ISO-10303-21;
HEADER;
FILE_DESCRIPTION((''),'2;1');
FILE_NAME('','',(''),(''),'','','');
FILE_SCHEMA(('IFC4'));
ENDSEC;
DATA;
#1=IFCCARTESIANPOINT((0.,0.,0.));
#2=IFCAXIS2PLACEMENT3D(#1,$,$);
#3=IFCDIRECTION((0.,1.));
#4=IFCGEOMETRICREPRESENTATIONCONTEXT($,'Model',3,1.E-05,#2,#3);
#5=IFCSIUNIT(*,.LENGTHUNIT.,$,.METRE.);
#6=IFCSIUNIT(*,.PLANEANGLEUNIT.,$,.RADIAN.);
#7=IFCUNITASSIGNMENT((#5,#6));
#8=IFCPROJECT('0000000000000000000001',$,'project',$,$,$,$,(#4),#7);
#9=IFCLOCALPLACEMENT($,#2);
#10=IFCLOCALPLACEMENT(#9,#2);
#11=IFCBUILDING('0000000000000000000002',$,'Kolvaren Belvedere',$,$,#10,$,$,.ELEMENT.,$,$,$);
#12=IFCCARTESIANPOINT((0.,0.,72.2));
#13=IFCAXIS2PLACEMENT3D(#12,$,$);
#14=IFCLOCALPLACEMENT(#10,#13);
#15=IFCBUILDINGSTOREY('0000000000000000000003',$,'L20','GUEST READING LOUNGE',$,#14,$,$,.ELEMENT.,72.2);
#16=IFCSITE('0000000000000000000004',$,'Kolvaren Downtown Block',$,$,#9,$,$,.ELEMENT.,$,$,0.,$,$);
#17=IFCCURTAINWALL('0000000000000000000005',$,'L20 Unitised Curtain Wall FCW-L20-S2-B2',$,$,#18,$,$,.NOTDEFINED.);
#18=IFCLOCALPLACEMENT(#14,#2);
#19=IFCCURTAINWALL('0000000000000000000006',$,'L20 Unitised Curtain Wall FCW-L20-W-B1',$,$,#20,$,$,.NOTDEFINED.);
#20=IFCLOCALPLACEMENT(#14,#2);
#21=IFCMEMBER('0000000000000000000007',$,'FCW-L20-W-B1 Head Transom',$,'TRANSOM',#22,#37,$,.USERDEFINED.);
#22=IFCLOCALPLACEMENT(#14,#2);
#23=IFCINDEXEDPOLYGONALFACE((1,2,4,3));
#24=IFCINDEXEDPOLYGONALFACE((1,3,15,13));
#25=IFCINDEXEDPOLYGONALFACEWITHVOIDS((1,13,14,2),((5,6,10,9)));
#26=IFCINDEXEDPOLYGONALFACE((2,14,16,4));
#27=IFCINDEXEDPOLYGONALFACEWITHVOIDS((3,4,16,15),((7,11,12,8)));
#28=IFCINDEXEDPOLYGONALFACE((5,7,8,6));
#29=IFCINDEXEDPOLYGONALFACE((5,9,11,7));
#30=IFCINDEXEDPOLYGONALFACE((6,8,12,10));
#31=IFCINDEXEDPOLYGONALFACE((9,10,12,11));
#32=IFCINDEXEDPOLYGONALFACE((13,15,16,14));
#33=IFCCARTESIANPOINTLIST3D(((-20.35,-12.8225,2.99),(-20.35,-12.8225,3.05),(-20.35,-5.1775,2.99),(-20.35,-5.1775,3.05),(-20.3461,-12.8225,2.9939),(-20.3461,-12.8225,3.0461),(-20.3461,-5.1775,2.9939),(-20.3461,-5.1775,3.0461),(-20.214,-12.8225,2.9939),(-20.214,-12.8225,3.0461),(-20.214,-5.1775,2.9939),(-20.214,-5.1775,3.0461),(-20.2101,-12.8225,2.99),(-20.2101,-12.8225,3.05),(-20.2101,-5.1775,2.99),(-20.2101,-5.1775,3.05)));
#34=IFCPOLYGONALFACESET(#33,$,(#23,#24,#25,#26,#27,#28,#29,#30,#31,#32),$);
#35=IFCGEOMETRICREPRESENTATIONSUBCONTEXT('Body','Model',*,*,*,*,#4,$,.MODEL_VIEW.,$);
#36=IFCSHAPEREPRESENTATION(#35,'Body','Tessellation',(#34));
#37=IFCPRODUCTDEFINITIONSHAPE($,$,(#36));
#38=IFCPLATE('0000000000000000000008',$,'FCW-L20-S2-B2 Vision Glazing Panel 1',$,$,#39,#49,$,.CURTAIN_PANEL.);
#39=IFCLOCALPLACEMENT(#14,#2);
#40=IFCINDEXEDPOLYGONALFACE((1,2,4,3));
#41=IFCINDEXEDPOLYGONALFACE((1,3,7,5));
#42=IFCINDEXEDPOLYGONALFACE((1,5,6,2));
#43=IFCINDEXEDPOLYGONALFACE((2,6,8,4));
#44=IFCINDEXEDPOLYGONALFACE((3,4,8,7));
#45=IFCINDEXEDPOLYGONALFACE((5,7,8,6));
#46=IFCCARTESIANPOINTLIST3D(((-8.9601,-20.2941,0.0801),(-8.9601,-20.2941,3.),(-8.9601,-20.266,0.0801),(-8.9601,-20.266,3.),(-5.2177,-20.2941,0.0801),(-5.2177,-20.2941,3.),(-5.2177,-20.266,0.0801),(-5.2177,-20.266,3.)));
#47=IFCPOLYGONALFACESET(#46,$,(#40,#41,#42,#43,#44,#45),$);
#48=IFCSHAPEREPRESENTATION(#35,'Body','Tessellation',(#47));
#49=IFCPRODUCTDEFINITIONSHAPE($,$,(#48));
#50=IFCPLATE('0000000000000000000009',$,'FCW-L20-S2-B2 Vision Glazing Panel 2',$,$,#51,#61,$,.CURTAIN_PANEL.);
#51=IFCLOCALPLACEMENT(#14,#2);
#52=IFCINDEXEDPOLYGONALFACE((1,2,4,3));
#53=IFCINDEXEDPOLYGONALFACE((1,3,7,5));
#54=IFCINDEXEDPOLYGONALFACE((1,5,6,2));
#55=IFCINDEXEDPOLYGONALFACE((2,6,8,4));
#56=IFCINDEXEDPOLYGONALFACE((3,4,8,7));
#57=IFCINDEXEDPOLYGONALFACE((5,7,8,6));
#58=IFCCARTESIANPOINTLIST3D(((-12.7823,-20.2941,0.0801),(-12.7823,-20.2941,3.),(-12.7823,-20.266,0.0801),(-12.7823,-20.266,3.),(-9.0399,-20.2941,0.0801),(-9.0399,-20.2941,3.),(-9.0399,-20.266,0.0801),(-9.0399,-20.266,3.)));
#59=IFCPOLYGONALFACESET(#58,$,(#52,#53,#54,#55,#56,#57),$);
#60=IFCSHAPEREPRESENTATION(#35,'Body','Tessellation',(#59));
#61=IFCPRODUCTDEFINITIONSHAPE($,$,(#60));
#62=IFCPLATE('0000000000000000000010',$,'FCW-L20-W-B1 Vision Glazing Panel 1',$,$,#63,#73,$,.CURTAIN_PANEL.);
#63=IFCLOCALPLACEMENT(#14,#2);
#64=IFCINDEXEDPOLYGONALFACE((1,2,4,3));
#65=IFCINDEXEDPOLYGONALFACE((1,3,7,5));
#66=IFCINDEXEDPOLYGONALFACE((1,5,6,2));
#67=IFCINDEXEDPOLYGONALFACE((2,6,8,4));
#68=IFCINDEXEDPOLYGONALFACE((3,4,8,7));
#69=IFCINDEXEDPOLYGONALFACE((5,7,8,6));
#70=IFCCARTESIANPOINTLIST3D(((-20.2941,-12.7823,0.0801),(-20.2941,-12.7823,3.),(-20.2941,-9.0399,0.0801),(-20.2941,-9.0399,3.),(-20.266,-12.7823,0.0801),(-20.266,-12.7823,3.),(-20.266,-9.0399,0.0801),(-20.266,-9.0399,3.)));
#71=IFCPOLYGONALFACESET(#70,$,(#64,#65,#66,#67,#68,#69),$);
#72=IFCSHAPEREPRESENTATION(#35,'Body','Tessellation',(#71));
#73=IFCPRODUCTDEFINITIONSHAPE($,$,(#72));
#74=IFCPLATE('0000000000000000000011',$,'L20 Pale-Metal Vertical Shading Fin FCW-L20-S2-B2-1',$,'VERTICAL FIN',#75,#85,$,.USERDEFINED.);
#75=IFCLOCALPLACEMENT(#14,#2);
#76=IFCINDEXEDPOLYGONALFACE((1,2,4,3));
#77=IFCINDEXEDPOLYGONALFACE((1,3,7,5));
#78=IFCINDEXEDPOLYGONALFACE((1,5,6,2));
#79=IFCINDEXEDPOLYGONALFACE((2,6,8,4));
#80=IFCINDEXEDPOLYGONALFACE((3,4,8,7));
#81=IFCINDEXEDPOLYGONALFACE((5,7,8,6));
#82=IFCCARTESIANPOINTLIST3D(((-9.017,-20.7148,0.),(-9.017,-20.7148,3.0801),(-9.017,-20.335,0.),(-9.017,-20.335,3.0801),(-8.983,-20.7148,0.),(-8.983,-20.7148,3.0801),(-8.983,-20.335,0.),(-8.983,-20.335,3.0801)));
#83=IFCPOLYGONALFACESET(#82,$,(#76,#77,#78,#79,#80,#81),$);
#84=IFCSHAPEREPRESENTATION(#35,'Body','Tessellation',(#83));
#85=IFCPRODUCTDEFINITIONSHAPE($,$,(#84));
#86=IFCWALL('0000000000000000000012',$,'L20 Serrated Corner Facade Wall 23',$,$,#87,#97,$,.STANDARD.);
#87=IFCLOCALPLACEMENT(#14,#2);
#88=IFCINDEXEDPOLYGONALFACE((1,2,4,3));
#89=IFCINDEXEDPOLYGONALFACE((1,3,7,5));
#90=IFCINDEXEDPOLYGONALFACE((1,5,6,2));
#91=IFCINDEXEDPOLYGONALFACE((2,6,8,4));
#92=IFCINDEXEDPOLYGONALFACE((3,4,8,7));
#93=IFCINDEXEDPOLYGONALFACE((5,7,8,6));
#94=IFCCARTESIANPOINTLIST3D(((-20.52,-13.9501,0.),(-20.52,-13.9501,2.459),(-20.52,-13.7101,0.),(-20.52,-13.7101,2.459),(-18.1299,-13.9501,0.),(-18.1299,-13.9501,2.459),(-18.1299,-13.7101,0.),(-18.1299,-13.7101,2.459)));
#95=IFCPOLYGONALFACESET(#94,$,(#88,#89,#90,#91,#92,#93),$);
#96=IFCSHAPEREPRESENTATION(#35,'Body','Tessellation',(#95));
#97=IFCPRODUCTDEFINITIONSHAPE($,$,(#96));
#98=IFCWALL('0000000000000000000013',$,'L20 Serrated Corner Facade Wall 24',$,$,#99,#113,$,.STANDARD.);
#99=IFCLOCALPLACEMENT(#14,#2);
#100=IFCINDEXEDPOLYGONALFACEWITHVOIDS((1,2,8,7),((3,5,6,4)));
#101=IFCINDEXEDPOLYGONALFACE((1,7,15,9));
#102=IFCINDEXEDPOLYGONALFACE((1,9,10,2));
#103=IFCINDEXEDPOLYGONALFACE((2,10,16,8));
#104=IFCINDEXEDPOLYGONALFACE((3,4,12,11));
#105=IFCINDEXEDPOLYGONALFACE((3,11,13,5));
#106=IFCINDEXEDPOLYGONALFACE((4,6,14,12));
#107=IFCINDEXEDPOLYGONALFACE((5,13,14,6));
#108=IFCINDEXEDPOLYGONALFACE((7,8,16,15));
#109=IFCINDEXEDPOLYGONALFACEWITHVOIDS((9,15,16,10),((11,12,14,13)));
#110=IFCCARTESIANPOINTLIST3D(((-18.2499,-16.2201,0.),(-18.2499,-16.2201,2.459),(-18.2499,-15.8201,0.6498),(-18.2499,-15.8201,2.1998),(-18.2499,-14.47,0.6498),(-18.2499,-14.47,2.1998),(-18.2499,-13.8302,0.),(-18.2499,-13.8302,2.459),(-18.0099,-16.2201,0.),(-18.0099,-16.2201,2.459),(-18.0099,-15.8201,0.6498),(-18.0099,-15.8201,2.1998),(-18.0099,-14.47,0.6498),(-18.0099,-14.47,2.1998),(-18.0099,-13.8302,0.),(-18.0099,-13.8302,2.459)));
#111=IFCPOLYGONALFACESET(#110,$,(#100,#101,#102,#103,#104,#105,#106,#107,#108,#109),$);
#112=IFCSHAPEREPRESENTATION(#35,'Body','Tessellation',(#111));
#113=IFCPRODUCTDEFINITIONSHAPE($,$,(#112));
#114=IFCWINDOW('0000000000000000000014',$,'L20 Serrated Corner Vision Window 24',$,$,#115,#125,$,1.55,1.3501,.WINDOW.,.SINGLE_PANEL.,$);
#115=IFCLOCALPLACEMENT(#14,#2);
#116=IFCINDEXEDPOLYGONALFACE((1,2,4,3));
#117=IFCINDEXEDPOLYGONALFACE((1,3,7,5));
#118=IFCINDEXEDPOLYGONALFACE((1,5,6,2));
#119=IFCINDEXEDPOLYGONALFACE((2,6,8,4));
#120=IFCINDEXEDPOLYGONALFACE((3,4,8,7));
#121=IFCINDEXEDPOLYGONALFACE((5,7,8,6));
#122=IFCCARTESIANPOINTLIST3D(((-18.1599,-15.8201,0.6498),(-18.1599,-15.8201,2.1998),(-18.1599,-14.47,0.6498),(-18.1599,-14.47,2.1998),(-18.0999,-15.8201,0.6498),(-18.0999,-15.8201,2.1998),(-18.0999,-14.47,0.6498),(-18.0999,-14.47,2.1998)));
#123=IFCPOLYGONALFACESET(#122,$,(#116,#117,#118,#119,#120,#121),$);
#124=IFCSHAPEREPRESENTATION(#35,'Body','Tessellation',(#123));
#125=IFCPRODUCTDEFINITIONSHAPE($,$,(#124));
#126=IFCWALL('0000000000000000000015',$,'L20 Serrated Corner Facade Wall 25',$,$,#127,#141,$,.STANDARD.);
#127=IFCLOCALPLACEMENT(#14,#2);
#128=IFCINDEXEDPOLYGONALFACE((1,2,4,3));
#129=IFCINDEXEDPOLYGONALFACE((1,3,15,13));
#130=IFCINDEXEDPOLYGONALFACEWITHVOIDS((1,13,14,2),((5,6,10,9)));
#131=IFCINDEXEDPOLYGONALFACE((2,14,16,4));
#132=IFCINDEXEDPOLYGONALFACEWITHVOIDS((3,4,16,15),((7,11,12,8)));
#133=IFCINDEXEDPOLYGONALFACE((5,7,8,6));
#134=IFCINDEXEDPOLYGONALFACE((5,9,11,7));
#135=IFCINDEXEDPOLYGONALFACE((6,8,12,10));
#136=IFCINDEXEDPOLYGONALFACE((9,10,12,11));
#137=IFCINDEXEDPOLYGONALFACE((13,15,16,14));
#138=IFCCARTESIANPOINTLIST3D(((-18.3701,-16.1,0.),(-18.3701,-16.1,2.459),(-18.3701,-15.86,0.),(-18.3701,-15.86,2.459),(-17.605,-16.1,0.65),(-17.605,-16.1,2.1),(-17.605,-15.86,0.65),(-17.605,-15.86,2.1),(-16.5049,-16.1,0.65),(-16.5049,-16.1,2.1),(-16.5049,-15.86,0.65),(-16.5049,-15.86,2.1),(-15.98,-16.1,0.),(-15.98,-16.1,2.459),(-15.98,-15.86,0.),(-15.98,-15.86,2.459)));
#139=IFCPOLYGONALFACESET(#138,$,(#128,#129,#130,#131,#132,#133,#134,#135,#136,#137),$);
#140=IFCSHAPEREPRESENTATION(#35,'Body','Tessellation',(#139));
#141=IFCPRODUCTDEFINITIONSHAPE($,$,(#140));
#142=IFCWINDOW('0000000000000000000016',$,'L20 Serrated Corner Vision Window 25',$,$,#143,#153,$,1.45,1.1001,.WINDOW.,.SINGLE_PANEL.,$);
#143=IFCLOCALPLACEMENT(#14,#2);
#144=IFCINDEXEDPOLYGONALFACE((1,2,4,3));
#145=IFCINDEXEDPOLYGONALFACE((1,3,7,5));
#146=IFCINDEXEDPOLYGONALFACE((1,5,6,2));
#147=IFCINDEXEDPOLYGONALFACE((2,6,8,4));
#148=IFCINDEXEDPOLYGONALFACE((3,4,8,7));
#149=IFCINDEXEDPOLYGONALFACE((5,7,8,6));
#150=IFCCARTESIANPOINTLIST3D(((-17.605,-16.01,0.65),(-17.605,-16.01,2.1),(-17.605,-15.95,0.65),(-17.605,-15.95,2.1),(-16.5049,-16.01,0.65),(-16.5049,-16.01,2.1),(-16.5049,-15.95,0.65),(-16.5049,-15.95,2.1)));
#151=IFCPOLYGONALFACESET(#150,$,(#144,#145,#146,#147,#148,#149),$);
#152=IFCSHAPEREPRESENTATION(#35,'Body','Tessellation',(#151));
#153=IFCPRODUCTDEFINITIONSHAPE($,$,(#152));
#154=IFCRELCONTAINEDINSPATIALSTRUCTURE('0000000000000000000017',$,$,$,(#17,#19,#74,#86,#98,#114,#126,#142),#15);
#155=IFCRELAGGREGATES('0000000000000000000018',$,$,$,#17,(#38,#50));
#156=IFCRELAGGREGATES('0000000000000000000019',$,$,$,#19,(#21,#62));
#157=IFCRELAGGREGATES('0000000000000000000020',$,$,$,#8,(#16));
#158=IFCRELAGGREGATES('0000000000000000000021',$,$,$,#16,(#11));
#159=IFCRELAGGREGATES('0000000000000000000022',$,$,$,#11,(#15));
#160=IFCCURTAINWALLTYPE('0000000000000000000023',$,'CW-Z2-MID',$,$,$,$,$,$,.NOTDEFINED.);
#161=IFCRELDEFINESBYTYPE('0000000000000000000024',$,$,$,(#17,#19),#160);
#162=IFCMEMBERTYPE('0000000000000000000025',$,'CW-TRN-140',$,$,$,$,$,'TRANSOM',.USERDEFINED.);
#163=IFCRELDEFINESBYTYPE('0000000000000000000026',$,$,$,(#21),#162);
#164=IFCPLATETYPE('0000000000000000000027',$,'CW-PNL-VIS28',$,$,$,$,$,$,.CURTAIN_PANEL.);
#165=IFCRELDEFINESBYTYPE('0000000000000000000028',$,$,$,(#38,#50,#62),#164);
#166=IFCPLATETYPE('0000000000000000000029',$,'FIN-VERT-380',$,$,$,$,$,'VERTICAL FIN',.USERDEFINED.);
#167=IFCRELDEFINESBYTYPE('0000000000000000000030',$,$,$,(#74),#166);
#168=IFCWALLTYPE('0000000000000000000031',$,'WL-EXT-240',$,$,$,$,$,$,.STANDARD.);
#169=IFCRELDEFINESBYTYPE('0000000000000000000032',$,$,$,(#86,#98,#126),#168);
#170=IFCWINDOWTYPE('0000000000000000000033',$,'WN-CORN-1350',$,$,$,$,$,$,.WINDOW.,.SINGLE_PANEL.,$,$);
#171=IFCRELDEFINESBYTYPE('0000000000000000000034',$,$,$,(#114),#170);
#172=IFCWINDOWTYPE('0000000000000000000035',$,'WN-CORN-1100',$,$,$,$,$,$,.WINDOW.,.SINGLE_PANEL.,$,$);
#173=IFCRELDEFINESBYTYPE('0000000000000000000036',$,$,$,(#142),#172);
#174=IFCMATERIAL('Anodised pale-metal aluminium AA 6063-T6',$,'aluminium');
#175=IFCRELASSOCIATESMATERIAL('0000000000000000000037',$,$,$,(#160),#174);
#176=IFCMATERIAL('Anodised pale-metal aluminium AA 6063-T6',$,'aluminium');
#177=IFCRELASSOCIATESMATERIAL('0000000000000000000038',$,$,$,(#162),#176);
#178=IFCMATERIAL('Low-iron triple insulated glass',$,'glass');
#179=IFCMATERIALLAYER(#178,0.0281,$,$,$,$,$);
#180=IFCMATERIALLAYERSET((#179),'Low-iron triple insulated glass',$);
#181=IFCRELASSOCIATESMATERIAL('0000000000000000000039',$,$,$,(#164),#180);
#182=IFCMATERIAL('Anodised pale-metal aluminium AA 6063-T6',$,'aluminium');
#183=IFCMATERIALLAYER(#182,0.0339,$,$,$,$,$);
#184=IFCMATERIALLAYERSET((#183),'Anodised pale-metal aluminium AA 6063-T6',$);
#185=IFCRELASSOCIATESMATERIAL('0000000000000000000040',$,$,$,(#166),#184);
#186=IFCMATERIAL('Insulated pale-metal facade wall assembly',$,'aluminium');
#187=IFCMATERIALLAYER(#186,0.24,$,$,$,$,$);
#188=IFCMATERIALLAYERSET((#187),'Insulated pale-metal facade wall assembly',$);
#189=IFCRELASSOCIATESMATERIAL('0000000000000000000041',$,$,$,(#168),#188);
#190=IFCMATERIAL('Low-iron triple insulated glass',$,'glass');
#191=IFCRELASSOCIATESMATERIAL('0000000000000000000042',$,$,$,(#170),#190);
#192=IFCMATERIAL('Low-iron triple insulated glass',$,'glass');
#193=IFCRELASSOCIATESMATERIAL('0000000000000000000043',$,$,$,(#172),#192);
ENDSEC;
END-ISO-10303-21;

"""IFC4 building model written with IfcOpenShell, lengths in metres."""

from ifc_helpers import new_model, si_unit, direction, frame, frame_2d, origin, origin_2d, place, context, subcontext, project, spatial, rectangle, hollow_rectangle, extrude, material, layer, layer_set, material_profile, profile_set, type_object, element, fill, aggregate, save


model = new_model("IFC4")

# Units and contexts
model_context = context("Model", 3, precision=1e-05, world=origin(), true_north=direction((0.0, 1.0)))
body_context = subcontext(model_context, "Body", "Model", "MODEL_VIEW")
ifc_project = project(units=[si_unit("LENGTHUNIT", "METRE"), si_unit("PLANEANGLEUNIT", "RADIAN")], contexts=[model_context])

# Site, building, storey
site_placement = place(None, origin())
site = spatial("IfcSite", under=ifc_project, at=site_placement, Name="Kolvaren Downtown Block", CompositionType="ELEMENT", RefElevation=0.0)
building_placement = place(site_placement, origin())
building = spatial("IfcBuilding", under=site, at=building_placement, Name="Kolvaren Belvedere", CompositionType="ELEMENT")
storey_placement = place(building_placement, frame((0.0, 0.0, 72.2)))
storey = spatial("IfcBuildingStorey", under=building, at=storey_placement, Name="L20", Description="GUEST READING LOUNGE", CompositionType="ELEMENT", Elevation=72.2)

# Curtain walls, member
ifc_material_1 = material(Name="Anodised pale-metal aluminium AA 6063-T6", Category="aluminium")
curtain_wall_type = type_object("IfcCurtainWallType", Name="CW-Z2-MID", PredefinedType="NOTDEFINED", material=ifc_material_1)
curtain_wall_1_placement = place(storey_placement, origin())
curtain_wall_1 = element("IfcCurtainWall", 1, at=curtain_wall_1_placement, inside=storey, type_object=curtain_wall_type, Name="L20 Unitised Curtain Wall FCW-L20-S2-B2", PredefinedType="NOTDEFINED")
curtain_wall_2_placement = place(storey_placement, origin())
curtain_wall_2 = element("IfcCurtainWall", 2, at=curtain_wall_2_placement, inside=storey, type_object=curtain_wall_type, Name="L20 Unitised Curtain Wall FCW-L20-W-B1", PredefinedType="NOTDEFINED")
ifc_material_2 = material(Name="Anodised pale-metal aluminium AA 6063-T6", Category="aluminium")
ifc_material_profile_1 = material_profile(ifc_material_2, hollow_rectangle(XDim=0.0601, YDim=0.1399, WallThickness=0.0039, at=origin_2d()), Name="ALU-TRN-140X60")
ifc_profile_set_1 = profile_set([ifc_material_profile_1], Name="Anodised pale-metal aluminium AA 6063-T6")
member_type_1 = type_object("IfcMemberType", Name="CW-TRN-140", ElementType="TRANSOM", PredefinedType="USERDEFINED", material=ifc_profile_set_1)
member_1_placement = place(storey_placement, frame((-20.28, -12.8225, 3.02), z_axis=(0.0, 1.0, 0.0), x_axis=(0.0, 0.0, 1.0)))
member_1 = element("IfcMember", 3, at=member_1_placement, type_object=member_type_1, Name="FCW-L20-W-B1 Head Transom", ObjectType="TRANSOM", PredefinedType="USERDEFINED", context=body_context, shape_type="SweptSolid", body=[
    extrude(hollow_rectangle(XDim=0.0601, YDim=0.1399, WallThickness=0.0039, at=origin_2d()), origin(), (0.0, 0.0, 1.0), 7.645),
])

# Plates
ifc_material_3 = material(Name="Low-iron triple insulated glass", Category="glass")
ifc_layer_1 = layer(ifc_material_3, 0.0281)
ifc_layer_set_1 = layer_set([ifc_layer_1], Name="Low-iron triple insulated glass")
plate_type_1 = type_object("IfcPlateType", Name="CW-PNL-VIS28", PredefinedType="CURTAIN_PANEL", material=ifc_layer_set_1)
plate_1_placement = place(storey_placement, frame((-7.0889, -20.28, 0.0801), z_axis=(0.0, 0.0, 1.0), x_axis=(-1.0, 0.0, 0.0)))
plate_1 = element("IfcPlate", 4, at=plate_1_placement, type_object=plate_type_1, Name="FCW-L20-S2-B2 Vision Glazing Panel 1", PredefinedType="CURTAIN_PANEL", context=body_context, shape_type="SweptSolid", body=[
    extrude(rectangle(XDim=3.7424, YDim=0.0281, at=origin_2d()), origin(), (0.0, 0.0, 1.0), 2.9199),
])
plate_2_placement = place(storey_placement, frame((-10.9111, -20.28, 0.0801), z_axis=(0.0, 0.0, 1.0), x_axis=(-1.0, 0.0, 0.0)))
plate_2 = element("IfcPlate", 5, at=plate_2_placement, type_object=plate_type_1, Name="FCW-L20-S2-B2 Vision Glazing Panel 2", PredefinedType="CURTAIN_PANEL", context=body_context, shape_type="SweptSolid", body=[
    extrude(rectangle(XDim=3.7424, YDim=0.0281, at=origin_2d()), origin(), (0.0, 0.0, 1.0), 2.9199),
])
aggregate(curtain_wall_1, [plate_1, plate_2])
plate_3_placement = place(storey_placement, frame((-20.28, -10.9111, 0.0801), z_axis=(0.0, 0.0, 1.0), x_axis=(0.0, 1.0, 0.0)))
plate_3 = element("IfcPlate", 6, at=plate_3_placement, type_object=plate_type_1, Name="FCW-L20-W-B1 Vision Glazing Panel 1", PredefinedType="CURTAIN_PANEL", context=body_context, shape_type="SweptSolid", body=[
    extrude(rectangle(XDim=3.7424, YDim=0.0281, at=origin_2d()), origin(), (0.0, 0.0, 1.0), 2.9199),
])
aggregate(curtain_wall_2, [member_1, plate_3])
ifc_material_4 = material(Name="Anodised pale-metal aluminium AA 6063-T6", Category="aluminium")
ifc_layer_2 = layer(ifc_material_4, 0.0339)
ifc_layer_set_2 = layer_set([ifc_layer_2], Name="Anodised pale-metal aluminium AA 6063-T6")
plate_type_2 = type_object("IfcPlateType", Name="FIN-VERT-380", ElementType="VERTICAL FIN", PredefinedType="USERDEFINED", material=ifc_layer_set_2)
plate_4_placement = place(storey_placement, frame((-9.0, -20.5249, 0.0), z_axis=(0.0, 0.0, 1.0), x_axis=(0.0, 1.0, 0.0)))
element("IfcPlate", 7, at=plate_4_placement, inside=storey, type_object=plate_type_2, Name="L20 Pale-Metal Vertical Shading Fin FCW-L20-S2-B2-1", ObjectType="VERTICAL FIN", PredefinedType="USERDEFINED", context=body_context, shape_type="SweptSolid", body=[
    extrude(rectangle(XDim=0.3799, YDim=0.0339, at=origin_2d()), origin(), (0.0, 0.0, 1.0), 3.0801),
])

# Wall
ifc_material_5 = material(Name="Insulated pale-metal facade wall assembly", Category="aluminium")
ifc_layer_3 = layer(ifc_material_5, 0.24)
ifc_layer_set_3 = layer_set([ifc_layer_3], Name="Insulated pale-metal facade wall assembly")
wall_type_1 = type_object("IfcWallType", Name="WL-EXT-240", PredefinedType="STANDARD", material=ifc_layer_set_3)
wall_1_placement = place(storey_placement, frame((-18.1299, -13.8301, 0.0), z_axis=(0.0, 0.0, 1.0), x_axis=(-1.0, 0.0, 0.0)))
element("IfcWall", 8, at=wall_1_placement, inside=storey, type_object=wall_type_1, Name="L20 Serrated Corner Facade Wall 23", PredefinedType="STANDARD", context=body_context, shape_type="SweptSolid", body=[
    extrude(rectangle(XDim=2.3901, YDim=0.24, at=frame_2d((1.1951, 0.0))), origin(), (0.0, 0.0, 1.0), 2.459),
])

# Walls, openings, windows
wall_2_placement = place(storey_placement, frame((-18.1299, -16.22, 0.0), z_axis=(0.0, 0.0, 1.0), x_axis=(0.0, 1.0, 0.0)))
wall_2 = element("IfcWall", 9, at=wall_2_placement, inside=storey, type_object=wall_type_1, Name="L20 Serrated Corner Facade Wall 24", PredefinedType="STANDARD", context=body_context, shape_type="SweptSolid", body=[
    extrude(rectangle(XDim=2.3899, YDim=0.24, at=frame_2d((1.1948, 0.0))), origin(), (0.0, 0.0, 1.0), 2.459),
])
opening_1_placement = place(wall_2_placement, frame((0.3999, 0.0, 0.6499)))
opening_1 = element("IfcOpeningElement", 10, at=opening_1_placement, cuts=wall_2, PredefinedType="OPENING", context=body_context, shape_type="SweptSolid", body=[
    extrude(rectangle(XDim=1.3501, YDim=1.55, at=frame_2d((0.675, 0.7749))), frame((0.0, 0.1299, 0.0), z_axis=(0.0, -1.0, 0.0), x_axis=(1.0, 0.0, 0.0)), (0.0, 0.0, 1.0), 0.26),
])
ifc_material_6 = material(Name="Low-iron triple insulated glass", Category="glass")
window_type_1 = type_object("IfcWindowType", Name="WN-CORN-1350", PartitioningType="SINGLE_PANEL", PredefinedType="WINDOW", material=ifc_material_6)
window_1_placement = place(opening_1_placement, origin())
window_1 = element("IfcWindow", 11, at=window_1_placement, inside=storey, type_object=window_type_1, Name="L20 Serrated Corner Vision Window 24", OverallHeight=1.55, OverallWidth=1.3501, PartitioningType="SINGLE_PANEL", PredefinedType="WINDOW", context=body_context, shape_type="SweptSolid", body=[
    extrude(rectangle(XDim=1.3501, YDim=1.55, at=frame_2d((0.675, 0.7749))), frame((0.0, 0.03, 0.0), z_axis=(0.0, -1.0, 0.0), x_axis=(1.0, 0.0, 0.0)), (0.0, 0.0, 1.0), 0.0601),
])
fill(opening_1, window_1)
wall_3_placement = place(storey_placement, frame((-15.98, -15.98, 0.0), z_axis=(0.0, 0.0, 1.0), x_axis=(-1.0, 0.0, 0.0)))
wall_3 = element("IfcWall", 12, at=wall_3_placement, inside=storey, type_object=wall_type_1, Name="L20 Serrated Corner Facade Wall 25", PredefinedType="STANDARD", context=body_context, shape_type="SweptSolid", body=[
    extrude(rectangle(XDim=2.3901, YDim=0.24, at=frame_2d((1.1951, 0.0))), origin(), (0.0, 0.0, 1.0), 2.459),
])
opening_2_placement = place(wall_3_placement, frame((0.5249, 0.0, 0.6499)))
opening_2 = element("IfcOpeningElement", 13, at=opening_2_placement, cuts=wall_3, PredefinedType="OPENING", context=body_context, shape_type="SweptSolid", body=[
    extrude(rectangle(XDim=1.1001, YDim=1.45, at=frame_2d((0.55, 0.7251))), frame((0.0, 0.1299, 0.0), z_axis=(0.0, -1.0, 0.0), x_axis=(1.0, 0.0, 0.0)), (0.0, 0.0, 1.0), 0.26),
])
ifc_material_7 = material(Name="Low-iron triple insulated glass", Category="glass")
window_type_2 = type_object("IfcWindowType", Name="WN-CORN-1100", PartitioningType="SINGLE_PANEL", PredefinedType="WINDOW", material=ifc_material_7)
window_2_placement = place(opening_2_placement, origin())
window_2 = element("IfcWindow", 14, at=window_2_placement, inside=storey, type_object=window_type_2, Name="L20 Serrated Corner Vision Window 25", OverallHeight=1.45, OverallWidth=1.1001, PartitioningType="SINGLE_PANEL", PredefinedType="WINDOW", context=body_context, shape_type="SweptSolid", body=[
    extrude(rectangle(XDim=1.1001, YDim=1.45, at=frame_2d((0.55, 0.7251))), frame((0.0, 0.03, 0.0), z_axis=(0.0, -1.0, 0.0), x_axis=(1.0, 0.0, 0.0)), (0.0, 0.0, 1.0), 0.0601),
])
fill(opening_2, window_2)

save(model, "model.ifc")
